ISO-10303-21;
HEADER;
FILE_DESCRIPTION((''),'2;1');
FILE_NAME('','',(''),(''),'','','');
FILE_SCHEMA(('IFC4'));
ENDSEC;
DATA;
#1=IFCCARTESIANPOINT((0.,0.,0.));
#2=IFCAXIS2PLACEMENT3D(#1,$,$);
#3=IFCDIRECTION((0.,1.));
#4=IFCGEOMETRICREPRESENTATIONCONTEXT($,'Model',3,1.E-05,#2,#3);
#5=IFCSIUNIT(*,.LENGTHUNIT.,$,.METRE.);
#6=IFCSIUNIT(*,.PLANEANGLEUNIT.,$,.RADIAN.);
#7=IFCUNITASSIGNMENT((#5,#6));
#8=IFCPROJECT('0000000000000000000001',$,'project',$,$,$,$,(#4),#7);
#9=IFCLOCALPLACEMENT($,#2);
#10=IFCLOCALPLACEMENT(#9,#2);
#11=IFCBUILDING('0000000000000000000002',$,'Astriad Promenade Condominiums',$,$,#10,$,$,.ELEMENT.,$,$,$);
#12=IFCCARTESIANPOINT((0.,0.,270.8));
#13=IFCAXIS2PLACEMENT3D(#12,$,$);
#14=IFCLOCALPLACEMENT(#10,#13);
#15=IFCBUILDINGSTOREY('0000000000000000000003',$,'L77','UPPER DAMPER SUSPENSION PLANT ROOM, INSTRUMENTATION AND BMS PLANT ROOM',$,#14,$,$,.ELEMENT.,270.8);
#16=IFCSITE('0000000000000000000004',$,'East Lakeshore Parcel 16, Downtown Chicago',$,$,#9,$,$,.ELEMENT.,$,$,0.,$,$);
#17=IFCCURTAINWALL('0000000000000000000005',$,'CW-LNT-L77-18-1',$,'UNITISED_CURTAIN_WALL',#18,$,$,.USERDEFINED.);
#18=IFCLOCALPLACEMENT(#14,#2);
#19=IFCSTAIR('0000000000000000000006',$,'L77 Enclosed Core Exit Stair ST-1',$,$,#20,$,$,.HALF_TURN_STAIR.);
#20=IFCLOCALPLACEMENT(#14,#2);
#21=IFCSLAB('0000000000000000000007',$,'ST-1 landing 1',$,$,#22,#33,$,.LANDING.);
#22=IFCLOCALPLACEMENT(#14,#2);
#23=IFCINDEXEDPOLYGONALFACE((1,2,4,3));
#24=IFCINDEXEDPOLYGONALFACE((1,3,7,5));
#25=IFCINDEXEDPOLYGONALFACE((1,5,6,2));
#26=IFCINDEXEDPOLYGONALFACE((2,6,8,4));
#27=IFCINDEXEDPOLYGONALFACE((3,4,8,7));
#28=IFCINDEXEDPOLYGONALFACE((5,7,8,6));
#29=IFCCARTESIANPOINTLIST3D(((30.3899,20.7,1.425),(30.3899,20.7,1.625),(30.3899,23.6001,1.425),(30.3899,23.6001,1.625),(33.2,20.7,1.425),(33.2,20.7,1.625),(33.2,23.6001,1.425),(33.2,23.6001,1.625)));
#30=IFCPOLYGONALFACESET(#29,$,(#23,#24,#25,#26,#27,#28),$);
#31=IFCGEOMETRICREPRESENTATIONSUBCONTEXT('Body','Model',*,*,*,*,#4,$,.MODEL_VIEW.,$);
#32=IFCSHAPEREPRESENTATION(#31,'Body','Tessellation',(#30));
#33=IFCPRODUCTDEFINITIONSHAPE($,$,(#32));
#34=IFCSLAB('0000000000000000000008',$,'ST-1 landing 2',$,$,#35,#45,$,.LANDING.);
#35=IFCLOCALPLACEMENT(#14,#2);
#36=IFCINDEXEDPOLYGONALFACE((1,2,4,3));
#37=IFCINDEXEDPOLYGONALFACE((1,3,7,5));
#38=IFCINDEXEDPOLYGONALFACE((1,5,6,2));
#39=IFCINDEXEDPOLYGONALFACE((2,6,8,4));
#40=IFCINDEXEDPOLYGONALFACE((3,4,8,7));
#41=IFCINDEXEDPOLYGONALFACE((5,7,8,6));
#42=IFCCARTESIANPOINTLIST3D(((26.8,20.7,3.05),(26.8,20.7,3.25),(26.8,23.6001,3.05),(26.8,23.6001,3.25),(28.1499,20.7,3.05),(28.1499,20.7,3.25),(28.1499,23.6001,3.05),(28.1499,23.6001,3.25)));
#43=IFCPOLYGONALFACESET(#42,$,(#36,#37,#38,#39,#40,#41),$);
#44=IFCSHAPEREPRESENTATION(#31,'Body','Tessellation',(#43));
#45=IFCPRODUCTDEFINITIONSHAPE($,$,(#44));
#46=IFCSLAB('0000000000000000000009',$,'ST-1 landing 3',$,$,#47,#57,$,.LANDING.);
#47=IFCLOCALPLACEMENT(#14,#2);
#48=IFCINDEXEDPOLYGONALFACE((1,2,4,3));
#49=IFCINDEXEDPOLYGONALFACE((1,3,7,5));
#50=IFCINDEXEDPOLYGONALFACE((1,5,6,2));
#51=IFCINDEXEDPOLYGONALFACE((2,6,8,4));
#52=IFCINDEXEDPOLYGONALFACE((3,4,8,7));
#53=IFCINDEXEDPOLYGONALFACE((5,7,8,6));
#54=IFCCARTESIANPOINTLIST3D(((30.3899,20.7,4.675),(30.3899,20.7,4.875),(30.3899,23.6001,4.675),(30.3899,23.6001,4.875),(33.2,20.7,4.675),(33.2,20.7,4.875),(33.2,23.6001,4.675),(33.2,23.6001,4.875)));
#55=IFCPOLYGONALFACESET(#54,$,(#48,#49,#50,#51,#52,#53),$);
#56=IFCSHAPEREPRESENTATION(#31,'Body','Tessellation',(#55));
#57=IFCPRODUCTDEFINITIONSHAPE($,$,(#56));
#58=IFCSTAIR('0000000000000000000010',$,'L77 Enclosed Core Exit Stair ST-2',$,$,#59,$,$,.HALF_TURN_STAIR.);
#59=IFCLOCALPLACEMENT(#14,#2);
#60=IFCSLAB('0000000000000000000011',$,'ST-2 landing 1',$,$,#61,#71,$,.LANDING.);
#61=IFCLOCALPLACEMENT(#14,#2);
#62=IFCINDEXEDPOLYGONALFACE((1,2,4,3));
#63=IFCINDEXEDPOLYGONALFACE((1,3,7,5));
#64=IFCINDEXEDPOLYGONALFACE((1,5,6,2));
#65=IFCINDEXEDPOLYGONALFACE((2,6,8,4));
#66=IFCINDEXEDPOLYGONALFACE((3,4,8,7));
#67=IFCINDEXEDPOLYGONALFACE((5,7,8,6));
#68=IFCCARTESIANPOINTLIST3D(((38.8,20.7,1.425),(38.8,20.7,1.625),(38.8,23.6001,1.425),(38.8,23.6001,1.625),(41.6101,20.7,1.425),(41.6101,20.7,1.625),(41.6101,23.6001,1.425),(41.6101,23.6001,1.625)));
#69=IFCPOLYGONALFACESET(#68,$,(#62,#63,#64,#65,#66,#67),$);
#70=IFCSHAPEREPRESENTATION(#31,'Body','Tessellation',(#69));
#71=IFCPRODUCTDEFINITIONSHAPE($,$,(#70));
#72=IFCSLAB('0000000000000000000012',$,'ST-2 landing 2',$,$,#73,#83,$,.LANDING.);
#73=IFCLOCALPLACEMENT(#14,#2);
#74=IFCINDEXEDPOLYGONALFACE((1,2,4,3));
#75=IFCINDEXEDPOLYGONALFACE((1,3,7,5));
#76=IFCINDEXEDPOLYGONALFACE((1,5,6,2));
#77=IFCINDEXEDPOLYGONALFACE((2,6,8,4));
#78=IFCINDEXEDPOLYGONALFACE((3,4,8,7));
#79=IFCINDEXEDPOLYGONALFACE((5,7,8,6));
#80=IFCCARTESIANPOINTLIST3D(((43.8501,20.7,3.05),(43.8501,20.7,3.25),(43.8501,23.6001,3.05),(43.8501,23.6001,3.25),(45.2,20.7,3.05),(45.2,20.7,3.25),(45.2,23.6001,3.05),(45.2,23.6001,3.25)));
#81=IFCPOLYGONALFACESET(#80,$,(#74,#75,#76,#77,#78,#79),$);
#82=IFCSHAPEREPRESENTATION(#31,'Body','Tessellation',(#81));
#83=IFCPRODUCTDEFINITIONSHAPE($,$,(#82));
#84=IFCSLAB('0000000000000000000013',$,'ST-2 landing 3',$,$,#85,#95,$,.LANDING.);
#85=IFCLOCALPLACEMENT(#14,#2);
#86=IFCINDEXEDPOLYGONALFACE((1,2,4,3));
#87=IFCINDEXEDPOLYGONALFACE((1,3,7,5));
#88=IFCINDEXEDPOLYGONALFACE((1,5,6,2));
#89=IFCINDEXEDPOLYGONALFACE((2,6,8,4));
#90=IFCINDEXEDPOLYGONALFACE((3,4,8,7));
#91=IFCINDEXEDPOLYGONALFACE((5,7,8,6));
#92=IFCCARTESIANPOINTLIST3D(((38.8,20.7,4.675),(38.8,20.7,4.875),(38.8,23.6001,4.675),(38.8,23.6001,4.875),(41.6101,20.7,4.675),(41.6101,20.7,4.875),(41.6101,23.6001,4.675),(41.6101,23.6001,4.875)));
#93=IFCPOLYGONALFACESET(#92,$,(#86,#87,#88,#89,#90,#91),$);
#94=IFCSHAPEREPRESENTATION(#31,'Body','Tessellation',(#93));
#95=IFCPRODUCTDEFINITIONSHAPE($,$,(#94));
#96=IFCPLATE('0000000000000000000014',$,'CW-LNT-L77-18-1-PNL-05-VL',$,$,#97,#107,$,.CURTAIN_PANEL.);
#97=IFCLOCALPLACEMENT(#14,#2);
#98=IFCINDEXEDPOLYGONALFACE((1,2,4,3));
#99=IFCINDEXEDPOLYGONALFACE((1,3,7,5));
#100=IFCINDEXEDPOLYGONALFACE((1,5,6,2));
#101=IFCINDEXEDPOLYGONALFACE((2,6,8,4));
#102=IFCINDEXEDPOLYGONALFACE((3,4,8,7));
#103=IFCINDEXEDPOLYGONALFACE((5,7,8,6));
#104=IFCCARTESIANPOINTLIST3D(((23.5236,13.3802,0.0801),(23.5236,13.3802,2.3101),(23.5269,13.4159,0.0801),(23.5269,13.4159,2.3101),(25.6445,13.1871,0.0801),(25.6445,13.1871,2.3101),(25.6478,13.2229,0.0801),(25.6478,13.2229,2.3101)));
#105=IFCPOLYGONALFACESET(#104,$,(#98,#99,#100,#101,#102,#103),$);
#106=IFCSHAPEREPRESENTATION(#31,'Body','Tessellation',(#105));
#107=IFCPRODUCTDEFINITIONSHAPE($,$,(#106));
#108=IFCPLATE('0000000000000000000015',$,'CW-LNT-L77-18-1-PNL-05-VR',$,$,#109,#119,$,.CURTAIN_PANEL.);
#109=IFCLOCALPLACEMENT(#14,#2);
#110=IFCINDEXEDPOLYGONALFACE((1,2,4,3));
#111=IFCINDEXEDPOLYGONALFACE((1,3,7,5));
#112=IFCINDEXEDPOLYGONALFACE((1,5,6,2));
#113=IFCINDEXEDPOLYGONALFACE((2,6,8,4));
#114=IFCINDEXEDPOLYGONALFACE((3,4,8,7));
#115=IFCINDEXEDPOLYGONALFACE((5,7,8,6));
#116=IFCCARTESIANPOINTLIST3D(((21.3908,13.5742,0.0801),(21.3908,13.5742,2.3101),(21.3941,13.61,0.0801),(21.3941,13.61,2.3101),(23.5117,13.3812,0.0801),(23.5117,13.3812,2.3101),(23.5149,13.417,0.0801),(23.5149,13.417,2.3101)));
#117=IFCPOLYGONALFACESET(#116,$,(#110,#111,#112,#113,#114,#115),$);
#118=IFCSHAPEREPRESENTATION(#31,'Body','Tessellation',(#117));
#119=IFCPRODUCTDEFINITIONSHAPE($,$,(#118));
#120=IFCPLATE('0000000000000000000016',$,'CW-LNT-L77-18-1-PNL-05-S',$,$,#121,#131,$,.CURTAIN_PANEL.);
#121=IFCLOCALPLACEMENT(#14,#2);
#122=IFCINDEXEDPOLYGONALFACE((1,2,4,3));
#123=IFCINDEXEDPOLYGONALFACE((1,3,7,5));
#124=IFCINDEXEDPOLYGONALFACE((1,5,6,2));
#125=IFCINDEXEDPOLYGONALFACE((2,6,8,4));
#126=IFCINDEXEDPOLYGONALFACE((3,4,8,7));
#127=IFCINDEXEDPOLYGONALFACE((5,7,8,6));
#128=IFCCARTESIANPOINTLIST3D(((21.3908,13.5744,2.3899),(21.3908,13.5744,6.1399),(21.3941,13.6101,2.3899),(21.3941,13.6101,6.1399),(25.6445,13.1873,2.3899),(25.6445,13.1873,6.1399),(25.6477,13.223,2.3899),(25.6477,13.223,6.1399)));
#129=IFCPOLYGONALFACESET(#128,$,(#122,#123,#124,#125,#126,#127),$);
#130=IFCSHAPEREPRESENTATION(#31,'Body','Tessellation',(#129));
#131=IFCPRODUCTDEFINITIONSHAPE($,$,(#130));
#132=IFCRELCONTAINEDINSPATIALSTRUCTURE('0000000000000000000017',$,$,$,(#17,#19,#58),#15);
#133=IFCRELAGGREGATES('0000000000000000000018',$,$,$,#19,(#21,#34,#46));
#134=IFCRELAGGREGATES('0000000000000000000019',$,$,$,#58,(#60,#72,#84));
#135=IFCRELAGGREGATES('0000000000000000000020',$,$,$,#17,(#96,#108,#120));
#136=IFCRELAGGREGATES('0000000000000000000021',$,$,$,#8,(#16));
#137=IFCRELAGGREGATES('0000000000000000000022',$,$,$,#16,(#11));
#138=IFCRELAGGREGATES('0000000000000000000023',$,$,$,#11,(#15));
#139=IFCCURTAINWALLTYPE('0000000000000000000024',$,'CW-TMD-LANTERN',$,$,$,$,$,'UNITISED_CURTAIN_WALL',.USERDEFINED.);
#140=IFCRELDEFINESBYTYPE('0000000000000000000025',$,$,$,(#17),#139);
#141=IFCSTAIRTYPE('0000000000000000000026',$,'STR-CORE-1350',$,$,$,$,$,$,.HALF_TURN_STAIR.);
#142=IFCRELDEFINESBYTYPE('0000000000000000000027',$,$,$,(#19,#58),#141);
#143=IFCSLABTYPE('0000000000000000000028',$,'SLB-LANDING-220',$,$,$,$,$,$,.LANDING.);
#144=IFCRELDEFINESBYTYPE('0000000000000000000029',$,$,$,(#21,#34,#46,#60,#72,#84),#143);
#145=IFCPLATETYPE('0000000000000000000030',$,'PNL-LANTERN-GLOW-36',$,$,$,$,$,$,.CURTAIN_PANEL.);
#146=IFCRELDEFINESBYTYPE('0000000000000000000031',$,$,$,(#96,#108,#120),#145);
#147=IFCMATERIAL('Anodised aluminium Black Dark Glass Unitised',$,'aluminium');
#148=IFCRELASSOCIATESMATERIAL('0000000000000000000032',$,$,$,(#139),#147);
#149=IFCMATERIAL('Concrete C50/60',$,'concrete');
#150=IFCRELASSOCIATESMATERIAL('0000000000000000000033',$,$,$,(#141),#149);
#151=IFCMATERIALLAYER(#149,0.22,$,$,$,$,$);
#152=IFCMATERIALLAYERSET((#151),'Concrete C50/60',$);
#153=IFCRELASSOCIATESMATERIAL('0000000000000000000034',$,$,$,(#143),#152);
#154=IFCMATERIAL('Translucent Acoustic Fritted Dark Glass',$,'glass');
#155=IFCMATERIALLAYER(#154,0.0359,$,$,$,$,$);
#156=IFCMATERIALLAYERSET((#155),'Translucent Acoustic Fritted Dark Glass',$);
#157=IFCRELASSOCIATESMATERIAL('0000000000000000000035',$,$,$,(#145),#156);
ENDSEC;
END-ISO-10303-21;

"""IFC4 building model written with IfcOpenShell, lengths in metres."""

from ifc_helpers import new_model, si_unit, direction, frame, origin, origin_2d, place, context, subcontext, project, spatial, polyline, rectangle, outline, extrude, source, transform, mapped, material, layer, layer_set, type_object, type_shapes, element, aggregate, save


model = new_model("IFC4")

# Units and contexts
model_context = context("Model", 3, precision=1e-05, world=origin(), true_north=direction((0.0, 1.0)))
body_context = subcontext(model_context, "Body", "Model", "MODEL_VIEW")
ifc_project = project(units=[si_unit("LENGTHUNIT", "METRE"), si_unit("PLANEANGLEUNIT", "RADIAN")], contexts=[model_context])

# Site, building, storey
site_placement = place(None, origin())
site = spatial("IfcSite", under=ifc_project, at=site_placement, Name="East Lakeshore Parcel 16, Downtown Chicago", CompositionType="ELEMENT", RefElevation=0.0)
building_placement = place(site_placement, origin())
building = spatial("IfcBuilding", under=site, at=building_placement, Name="Astriad Promenade Condominiums", CompositionType="ELEMENT")
storey_placement = place(building_placement, frame((0.0, 0.0, 270.8)))
storey = spatial("IfcBuildingStorey", under=building, at=storey_placement, Name="L77", Description="UPPER DAMPER SUSPENSION PLANT ROOM, INSTRUMENTATION AND BMS PLANT ROOM", CompositionType="ELEMENT", Elevation=270.8)

# Curtain wall
ifc_material_1 = material(Name="Anodised aluminium Black Dark Glass Unitised", Category="aluminium")
curtain_wall_type = type_object("IfcCurtainWallType", Name="CW-TMD-LANTERN", ElementType="UNITISED_CURTAIN_WALL", PredefinedType="USERDEFINED", material=ifc_material_1)
curtain_wall_placement = place(storey_placement, origin())
curtain_wall = element("IfcCurtainWall", 1, at=curtain_wall_placement, inside=storey, type_object=curtain_wall_type, Name="CW-LNT-L77-18-1", ObjectType="UNITISED_CURTAIN_WALL", PredefinedType="USERDEFINED")

# Shared definitions
ifc_material_2 = material(Name="Concrete C50/60", Category="concrete")

# Stairs, slabs
stair_type = type_object("IfcStairType", Name="STR-CORE-1350", PredefinedType="HALF_TURN_STAIR", material=ifc_material_2)
stair_1_placement = place(storey_placement, origin())
stair_1 = element("IfcStair", 2, at=stair_1_placement, inside=storey, type_object=stair_type, Name="L77 Enclosed Core Exit Stair ST-1", PredefinedType="HALF_TURN_STAIR")
ifc_layer_1 = layer(ifc_material_2, 0.22)
ifc_layer_set_1 = layer_set([ifc_layer_1], Name="Concrete C50/60")
slab_type_1 = type_object("IfcSlabType", Name="SLB-LANDING-220", PredefinedType="LANDING", material=ifc_layer_set_1)
slab_1_placement = place(storey_placement, frame((0.0, 0.0, 1.425)))
slab_1 = element("IfcSlab", 3, at=slab_1_placement, type_object=slab_type_1, Name="ST-1 landing 1", PredefinedType="LANDING", context=body_context, shape_type="SweptSolid", body=[
    extrude(outline(polyline([(30.3899, 20.7), (33.2, 20.7), (33.2, 23.6001), (30.3899, 23.6001), (30.3899, 20.7)])), origin(), (0.0, 0.0, 1.0), 0.2),
])
slab_2_placement = place(storey_placement, frame((0.0, 0.0, 3.05)))
slab_2 = element("IfcSlab", 4, at=slab_2_placement, type_object=slab_type_1, Name="ST-1 landing 2", PredefinedType="LANDING", context=body_context, shape_type="SweptSolid", body=[
    extrude(outline(polyline([(26.8, 20.7), (28.1499, 20.7), (28.1499, 23.6001), (26.8, 23.6001), (26.8, 20.7)])), origin(), (0.0, 0.0, 1.0), 0.2),
])
slab_3_placement = place(storey_placement, frame((0.0, 0.0, 4.675)))
slab_3 = element("IfcSlab", 5, at=slab_3_placement, type_object=slab_type_1, Name="ST-1 landing 3", PredefinedType="LANDING", context=body_context, shape_type="SweptSolid", body=[
    extrude(outline(polyline([(30.3899, 20.7), (33.2, 20.7), (33.2, 23.6001), (30.3899, 23.6001), (30.3899, 20.7)])), origin(), (0.0, 0.0, 1.0), 0.2),
])
aggregate(stair_1, [slab_1, slab_2, slab_3])
stair_2_placement = place(storey_placement, origin())
stair_2 = element("IfcStair", 6, at=stair_2_placement, inside=storey, type_object=stair_type, Name="L77 Enclosed Core Exit Stair ST-2", PredefinedType="HALF_TURN_STAIR")
slab_4_placement = place(storey_placement, frame((0.0, 0.0, 1.425)))
slab_4 = element("IfcSlab", 7, at=slab_4_placement, type_object=slab_type_1, Name="ST-2 landing 1", PredefinedType="LANDING", context=body_context, shape_type="SweptSolid", body=[
    extrude(outline(polyline([(41.6101, 23.6001), (38.8, 23.6001), (38.8, 20.7), (41.6101, 20.7), (41.6101, 23.6001)])), origin(), (0.0, 0.0, 1.0), 0.2),
])
slab_5_placement = place(storey_placement, frame((0.0, 0.0, 3.05)))
slab_5 = element("IfcSlab", 8, at=slab_5_placement, type_object=slab_type_1, Name="ST-2 landing 2", PredefinedType="LANDING", context=body_context, shape_type="SweptSolid", body=[
    extrude(outline(polyline([(45.2, 23.6001), (43.8501, 23.6001), (43.8501, 20.7), (45.2, 20.7), (45.2, 23.6001)])), origin(), (0.0, 0.0, 1.0), 0.2),
])
slab_6_placement = place(storey_placement, frame((0.0, 0.0, 4.675)))
slab_6 = element("IfcSlab", 9, at=slab_6_placement, type_object=slab_type_1, Name="ST-2 landing 3", PredefinedType="LANDING", context=body_context, shape_type="SweptSolid", body=[
    extrude(outline(polyline([(41.6101, 23.6001), (38.8, 23.6001), (38.8, 20.7), (41.6101, 20.7), (41.6101, 23.6001)])), origin(), (0.0, 0.0, 1.0), 0.2),
])
aggregate(stair_2, [slab_4, slab_5, slab_6])

# Plates
ifc_material_3 = material(Name="Translucent Acoustic Fritted Dark Glass", Category="glass")
ifc_layer_2 = layer(ifc_material_3, 0.0359)
ifc_layer_set_2 = layer_set([ifc_layer_2], Name="Translucent Acoustic Fritted Dark Glass")
plate_type = type_object("IfcPlateType", Name="PNL-LANTERN-GLOW-36", PredefinedType="CURTAIN_PANEL", material=ifc_layer_set_2)
shared_shape_1 = source(origin(), body_context, "Body", "SweptSolid", [
    extrude(rectangle(XDim=2.1296, YDim=0.0359, at=origin_2d()), origin(), (0.0, 0.0, 1.0), 2.23),
])
plate_1_placement = place(storey_placement, frame((24.5857, 13.3015, 0.0801), z_axis=(0.0, 0.0, 1.0), x_axis=(-0.995884, 0.090633, 0.0)))
plate_1 = element("IfcPlate", 10, at=plate_1_placement, type_object=plate_type, Name="CW-LNT-L77-18-1-PNL-05-VL", PredefinedType="CURTAIN_PANEL", context=body_context, shape_type="MappedRepresentation", body=[
    mapped(shared_shape_1, transform((0.0, 0.0, 0.0), scale=1.0)),
])
plate_2_placement = place(storey_placement, frame((22.4529, 13.4956, 0.0801), z_axis=(0.0, 0.0, 1.0), x_axis=(-0.995884, 0.090633, 0.0)))
plate_2 = element("IfcPlate", 11, at=plate_2_placement, type_object=plate_type, Name="CW-LNT-L77-18-1-PNL-05-VR", PredefinedType="CURTAIN_PANEL", context=body_context, shape_type="MappedRepresentation", body=[
    mapped(shared_shape_1, transform((0.0, 0.0, 0.0), scale=1.0)),
])
shared_shape_2 = source(origin(), body_context, "Body", "SweptSolid", [
    extrude(rectangle(XDim=4.2712, YDim=0.0359, at=origin_2d()), origin(), (0.0, 0.0, 1.0), 3.75),
])
type_shapes(plate_type, [shared_shape_1, shared_shape_2])
plate_3_placement = place(storey_placement, frame((23.5193, 13.3987, 2.3899), z_axis=(0.0, 0.0, 1.0), x_axis=(-0.995884, 0.090633, 0.0)))
plate_3 = element("IfcPlate", 12, at=plate_3_placement, type_object=plate_type, Name="CW-LNT-L77-18-1-PNL-05-S", PredefinedType="CURTAIN_PANEL", context=body_context, shape_type="MappedRepresentation", body=[
    mapped(shared_shape_2, transform((0.0, 0.0, 0.0), scale=1.0)),
])
aggregate(curtain_wall, [plate_1, plate_2, plate_3])

save(model, "model.ifc")
